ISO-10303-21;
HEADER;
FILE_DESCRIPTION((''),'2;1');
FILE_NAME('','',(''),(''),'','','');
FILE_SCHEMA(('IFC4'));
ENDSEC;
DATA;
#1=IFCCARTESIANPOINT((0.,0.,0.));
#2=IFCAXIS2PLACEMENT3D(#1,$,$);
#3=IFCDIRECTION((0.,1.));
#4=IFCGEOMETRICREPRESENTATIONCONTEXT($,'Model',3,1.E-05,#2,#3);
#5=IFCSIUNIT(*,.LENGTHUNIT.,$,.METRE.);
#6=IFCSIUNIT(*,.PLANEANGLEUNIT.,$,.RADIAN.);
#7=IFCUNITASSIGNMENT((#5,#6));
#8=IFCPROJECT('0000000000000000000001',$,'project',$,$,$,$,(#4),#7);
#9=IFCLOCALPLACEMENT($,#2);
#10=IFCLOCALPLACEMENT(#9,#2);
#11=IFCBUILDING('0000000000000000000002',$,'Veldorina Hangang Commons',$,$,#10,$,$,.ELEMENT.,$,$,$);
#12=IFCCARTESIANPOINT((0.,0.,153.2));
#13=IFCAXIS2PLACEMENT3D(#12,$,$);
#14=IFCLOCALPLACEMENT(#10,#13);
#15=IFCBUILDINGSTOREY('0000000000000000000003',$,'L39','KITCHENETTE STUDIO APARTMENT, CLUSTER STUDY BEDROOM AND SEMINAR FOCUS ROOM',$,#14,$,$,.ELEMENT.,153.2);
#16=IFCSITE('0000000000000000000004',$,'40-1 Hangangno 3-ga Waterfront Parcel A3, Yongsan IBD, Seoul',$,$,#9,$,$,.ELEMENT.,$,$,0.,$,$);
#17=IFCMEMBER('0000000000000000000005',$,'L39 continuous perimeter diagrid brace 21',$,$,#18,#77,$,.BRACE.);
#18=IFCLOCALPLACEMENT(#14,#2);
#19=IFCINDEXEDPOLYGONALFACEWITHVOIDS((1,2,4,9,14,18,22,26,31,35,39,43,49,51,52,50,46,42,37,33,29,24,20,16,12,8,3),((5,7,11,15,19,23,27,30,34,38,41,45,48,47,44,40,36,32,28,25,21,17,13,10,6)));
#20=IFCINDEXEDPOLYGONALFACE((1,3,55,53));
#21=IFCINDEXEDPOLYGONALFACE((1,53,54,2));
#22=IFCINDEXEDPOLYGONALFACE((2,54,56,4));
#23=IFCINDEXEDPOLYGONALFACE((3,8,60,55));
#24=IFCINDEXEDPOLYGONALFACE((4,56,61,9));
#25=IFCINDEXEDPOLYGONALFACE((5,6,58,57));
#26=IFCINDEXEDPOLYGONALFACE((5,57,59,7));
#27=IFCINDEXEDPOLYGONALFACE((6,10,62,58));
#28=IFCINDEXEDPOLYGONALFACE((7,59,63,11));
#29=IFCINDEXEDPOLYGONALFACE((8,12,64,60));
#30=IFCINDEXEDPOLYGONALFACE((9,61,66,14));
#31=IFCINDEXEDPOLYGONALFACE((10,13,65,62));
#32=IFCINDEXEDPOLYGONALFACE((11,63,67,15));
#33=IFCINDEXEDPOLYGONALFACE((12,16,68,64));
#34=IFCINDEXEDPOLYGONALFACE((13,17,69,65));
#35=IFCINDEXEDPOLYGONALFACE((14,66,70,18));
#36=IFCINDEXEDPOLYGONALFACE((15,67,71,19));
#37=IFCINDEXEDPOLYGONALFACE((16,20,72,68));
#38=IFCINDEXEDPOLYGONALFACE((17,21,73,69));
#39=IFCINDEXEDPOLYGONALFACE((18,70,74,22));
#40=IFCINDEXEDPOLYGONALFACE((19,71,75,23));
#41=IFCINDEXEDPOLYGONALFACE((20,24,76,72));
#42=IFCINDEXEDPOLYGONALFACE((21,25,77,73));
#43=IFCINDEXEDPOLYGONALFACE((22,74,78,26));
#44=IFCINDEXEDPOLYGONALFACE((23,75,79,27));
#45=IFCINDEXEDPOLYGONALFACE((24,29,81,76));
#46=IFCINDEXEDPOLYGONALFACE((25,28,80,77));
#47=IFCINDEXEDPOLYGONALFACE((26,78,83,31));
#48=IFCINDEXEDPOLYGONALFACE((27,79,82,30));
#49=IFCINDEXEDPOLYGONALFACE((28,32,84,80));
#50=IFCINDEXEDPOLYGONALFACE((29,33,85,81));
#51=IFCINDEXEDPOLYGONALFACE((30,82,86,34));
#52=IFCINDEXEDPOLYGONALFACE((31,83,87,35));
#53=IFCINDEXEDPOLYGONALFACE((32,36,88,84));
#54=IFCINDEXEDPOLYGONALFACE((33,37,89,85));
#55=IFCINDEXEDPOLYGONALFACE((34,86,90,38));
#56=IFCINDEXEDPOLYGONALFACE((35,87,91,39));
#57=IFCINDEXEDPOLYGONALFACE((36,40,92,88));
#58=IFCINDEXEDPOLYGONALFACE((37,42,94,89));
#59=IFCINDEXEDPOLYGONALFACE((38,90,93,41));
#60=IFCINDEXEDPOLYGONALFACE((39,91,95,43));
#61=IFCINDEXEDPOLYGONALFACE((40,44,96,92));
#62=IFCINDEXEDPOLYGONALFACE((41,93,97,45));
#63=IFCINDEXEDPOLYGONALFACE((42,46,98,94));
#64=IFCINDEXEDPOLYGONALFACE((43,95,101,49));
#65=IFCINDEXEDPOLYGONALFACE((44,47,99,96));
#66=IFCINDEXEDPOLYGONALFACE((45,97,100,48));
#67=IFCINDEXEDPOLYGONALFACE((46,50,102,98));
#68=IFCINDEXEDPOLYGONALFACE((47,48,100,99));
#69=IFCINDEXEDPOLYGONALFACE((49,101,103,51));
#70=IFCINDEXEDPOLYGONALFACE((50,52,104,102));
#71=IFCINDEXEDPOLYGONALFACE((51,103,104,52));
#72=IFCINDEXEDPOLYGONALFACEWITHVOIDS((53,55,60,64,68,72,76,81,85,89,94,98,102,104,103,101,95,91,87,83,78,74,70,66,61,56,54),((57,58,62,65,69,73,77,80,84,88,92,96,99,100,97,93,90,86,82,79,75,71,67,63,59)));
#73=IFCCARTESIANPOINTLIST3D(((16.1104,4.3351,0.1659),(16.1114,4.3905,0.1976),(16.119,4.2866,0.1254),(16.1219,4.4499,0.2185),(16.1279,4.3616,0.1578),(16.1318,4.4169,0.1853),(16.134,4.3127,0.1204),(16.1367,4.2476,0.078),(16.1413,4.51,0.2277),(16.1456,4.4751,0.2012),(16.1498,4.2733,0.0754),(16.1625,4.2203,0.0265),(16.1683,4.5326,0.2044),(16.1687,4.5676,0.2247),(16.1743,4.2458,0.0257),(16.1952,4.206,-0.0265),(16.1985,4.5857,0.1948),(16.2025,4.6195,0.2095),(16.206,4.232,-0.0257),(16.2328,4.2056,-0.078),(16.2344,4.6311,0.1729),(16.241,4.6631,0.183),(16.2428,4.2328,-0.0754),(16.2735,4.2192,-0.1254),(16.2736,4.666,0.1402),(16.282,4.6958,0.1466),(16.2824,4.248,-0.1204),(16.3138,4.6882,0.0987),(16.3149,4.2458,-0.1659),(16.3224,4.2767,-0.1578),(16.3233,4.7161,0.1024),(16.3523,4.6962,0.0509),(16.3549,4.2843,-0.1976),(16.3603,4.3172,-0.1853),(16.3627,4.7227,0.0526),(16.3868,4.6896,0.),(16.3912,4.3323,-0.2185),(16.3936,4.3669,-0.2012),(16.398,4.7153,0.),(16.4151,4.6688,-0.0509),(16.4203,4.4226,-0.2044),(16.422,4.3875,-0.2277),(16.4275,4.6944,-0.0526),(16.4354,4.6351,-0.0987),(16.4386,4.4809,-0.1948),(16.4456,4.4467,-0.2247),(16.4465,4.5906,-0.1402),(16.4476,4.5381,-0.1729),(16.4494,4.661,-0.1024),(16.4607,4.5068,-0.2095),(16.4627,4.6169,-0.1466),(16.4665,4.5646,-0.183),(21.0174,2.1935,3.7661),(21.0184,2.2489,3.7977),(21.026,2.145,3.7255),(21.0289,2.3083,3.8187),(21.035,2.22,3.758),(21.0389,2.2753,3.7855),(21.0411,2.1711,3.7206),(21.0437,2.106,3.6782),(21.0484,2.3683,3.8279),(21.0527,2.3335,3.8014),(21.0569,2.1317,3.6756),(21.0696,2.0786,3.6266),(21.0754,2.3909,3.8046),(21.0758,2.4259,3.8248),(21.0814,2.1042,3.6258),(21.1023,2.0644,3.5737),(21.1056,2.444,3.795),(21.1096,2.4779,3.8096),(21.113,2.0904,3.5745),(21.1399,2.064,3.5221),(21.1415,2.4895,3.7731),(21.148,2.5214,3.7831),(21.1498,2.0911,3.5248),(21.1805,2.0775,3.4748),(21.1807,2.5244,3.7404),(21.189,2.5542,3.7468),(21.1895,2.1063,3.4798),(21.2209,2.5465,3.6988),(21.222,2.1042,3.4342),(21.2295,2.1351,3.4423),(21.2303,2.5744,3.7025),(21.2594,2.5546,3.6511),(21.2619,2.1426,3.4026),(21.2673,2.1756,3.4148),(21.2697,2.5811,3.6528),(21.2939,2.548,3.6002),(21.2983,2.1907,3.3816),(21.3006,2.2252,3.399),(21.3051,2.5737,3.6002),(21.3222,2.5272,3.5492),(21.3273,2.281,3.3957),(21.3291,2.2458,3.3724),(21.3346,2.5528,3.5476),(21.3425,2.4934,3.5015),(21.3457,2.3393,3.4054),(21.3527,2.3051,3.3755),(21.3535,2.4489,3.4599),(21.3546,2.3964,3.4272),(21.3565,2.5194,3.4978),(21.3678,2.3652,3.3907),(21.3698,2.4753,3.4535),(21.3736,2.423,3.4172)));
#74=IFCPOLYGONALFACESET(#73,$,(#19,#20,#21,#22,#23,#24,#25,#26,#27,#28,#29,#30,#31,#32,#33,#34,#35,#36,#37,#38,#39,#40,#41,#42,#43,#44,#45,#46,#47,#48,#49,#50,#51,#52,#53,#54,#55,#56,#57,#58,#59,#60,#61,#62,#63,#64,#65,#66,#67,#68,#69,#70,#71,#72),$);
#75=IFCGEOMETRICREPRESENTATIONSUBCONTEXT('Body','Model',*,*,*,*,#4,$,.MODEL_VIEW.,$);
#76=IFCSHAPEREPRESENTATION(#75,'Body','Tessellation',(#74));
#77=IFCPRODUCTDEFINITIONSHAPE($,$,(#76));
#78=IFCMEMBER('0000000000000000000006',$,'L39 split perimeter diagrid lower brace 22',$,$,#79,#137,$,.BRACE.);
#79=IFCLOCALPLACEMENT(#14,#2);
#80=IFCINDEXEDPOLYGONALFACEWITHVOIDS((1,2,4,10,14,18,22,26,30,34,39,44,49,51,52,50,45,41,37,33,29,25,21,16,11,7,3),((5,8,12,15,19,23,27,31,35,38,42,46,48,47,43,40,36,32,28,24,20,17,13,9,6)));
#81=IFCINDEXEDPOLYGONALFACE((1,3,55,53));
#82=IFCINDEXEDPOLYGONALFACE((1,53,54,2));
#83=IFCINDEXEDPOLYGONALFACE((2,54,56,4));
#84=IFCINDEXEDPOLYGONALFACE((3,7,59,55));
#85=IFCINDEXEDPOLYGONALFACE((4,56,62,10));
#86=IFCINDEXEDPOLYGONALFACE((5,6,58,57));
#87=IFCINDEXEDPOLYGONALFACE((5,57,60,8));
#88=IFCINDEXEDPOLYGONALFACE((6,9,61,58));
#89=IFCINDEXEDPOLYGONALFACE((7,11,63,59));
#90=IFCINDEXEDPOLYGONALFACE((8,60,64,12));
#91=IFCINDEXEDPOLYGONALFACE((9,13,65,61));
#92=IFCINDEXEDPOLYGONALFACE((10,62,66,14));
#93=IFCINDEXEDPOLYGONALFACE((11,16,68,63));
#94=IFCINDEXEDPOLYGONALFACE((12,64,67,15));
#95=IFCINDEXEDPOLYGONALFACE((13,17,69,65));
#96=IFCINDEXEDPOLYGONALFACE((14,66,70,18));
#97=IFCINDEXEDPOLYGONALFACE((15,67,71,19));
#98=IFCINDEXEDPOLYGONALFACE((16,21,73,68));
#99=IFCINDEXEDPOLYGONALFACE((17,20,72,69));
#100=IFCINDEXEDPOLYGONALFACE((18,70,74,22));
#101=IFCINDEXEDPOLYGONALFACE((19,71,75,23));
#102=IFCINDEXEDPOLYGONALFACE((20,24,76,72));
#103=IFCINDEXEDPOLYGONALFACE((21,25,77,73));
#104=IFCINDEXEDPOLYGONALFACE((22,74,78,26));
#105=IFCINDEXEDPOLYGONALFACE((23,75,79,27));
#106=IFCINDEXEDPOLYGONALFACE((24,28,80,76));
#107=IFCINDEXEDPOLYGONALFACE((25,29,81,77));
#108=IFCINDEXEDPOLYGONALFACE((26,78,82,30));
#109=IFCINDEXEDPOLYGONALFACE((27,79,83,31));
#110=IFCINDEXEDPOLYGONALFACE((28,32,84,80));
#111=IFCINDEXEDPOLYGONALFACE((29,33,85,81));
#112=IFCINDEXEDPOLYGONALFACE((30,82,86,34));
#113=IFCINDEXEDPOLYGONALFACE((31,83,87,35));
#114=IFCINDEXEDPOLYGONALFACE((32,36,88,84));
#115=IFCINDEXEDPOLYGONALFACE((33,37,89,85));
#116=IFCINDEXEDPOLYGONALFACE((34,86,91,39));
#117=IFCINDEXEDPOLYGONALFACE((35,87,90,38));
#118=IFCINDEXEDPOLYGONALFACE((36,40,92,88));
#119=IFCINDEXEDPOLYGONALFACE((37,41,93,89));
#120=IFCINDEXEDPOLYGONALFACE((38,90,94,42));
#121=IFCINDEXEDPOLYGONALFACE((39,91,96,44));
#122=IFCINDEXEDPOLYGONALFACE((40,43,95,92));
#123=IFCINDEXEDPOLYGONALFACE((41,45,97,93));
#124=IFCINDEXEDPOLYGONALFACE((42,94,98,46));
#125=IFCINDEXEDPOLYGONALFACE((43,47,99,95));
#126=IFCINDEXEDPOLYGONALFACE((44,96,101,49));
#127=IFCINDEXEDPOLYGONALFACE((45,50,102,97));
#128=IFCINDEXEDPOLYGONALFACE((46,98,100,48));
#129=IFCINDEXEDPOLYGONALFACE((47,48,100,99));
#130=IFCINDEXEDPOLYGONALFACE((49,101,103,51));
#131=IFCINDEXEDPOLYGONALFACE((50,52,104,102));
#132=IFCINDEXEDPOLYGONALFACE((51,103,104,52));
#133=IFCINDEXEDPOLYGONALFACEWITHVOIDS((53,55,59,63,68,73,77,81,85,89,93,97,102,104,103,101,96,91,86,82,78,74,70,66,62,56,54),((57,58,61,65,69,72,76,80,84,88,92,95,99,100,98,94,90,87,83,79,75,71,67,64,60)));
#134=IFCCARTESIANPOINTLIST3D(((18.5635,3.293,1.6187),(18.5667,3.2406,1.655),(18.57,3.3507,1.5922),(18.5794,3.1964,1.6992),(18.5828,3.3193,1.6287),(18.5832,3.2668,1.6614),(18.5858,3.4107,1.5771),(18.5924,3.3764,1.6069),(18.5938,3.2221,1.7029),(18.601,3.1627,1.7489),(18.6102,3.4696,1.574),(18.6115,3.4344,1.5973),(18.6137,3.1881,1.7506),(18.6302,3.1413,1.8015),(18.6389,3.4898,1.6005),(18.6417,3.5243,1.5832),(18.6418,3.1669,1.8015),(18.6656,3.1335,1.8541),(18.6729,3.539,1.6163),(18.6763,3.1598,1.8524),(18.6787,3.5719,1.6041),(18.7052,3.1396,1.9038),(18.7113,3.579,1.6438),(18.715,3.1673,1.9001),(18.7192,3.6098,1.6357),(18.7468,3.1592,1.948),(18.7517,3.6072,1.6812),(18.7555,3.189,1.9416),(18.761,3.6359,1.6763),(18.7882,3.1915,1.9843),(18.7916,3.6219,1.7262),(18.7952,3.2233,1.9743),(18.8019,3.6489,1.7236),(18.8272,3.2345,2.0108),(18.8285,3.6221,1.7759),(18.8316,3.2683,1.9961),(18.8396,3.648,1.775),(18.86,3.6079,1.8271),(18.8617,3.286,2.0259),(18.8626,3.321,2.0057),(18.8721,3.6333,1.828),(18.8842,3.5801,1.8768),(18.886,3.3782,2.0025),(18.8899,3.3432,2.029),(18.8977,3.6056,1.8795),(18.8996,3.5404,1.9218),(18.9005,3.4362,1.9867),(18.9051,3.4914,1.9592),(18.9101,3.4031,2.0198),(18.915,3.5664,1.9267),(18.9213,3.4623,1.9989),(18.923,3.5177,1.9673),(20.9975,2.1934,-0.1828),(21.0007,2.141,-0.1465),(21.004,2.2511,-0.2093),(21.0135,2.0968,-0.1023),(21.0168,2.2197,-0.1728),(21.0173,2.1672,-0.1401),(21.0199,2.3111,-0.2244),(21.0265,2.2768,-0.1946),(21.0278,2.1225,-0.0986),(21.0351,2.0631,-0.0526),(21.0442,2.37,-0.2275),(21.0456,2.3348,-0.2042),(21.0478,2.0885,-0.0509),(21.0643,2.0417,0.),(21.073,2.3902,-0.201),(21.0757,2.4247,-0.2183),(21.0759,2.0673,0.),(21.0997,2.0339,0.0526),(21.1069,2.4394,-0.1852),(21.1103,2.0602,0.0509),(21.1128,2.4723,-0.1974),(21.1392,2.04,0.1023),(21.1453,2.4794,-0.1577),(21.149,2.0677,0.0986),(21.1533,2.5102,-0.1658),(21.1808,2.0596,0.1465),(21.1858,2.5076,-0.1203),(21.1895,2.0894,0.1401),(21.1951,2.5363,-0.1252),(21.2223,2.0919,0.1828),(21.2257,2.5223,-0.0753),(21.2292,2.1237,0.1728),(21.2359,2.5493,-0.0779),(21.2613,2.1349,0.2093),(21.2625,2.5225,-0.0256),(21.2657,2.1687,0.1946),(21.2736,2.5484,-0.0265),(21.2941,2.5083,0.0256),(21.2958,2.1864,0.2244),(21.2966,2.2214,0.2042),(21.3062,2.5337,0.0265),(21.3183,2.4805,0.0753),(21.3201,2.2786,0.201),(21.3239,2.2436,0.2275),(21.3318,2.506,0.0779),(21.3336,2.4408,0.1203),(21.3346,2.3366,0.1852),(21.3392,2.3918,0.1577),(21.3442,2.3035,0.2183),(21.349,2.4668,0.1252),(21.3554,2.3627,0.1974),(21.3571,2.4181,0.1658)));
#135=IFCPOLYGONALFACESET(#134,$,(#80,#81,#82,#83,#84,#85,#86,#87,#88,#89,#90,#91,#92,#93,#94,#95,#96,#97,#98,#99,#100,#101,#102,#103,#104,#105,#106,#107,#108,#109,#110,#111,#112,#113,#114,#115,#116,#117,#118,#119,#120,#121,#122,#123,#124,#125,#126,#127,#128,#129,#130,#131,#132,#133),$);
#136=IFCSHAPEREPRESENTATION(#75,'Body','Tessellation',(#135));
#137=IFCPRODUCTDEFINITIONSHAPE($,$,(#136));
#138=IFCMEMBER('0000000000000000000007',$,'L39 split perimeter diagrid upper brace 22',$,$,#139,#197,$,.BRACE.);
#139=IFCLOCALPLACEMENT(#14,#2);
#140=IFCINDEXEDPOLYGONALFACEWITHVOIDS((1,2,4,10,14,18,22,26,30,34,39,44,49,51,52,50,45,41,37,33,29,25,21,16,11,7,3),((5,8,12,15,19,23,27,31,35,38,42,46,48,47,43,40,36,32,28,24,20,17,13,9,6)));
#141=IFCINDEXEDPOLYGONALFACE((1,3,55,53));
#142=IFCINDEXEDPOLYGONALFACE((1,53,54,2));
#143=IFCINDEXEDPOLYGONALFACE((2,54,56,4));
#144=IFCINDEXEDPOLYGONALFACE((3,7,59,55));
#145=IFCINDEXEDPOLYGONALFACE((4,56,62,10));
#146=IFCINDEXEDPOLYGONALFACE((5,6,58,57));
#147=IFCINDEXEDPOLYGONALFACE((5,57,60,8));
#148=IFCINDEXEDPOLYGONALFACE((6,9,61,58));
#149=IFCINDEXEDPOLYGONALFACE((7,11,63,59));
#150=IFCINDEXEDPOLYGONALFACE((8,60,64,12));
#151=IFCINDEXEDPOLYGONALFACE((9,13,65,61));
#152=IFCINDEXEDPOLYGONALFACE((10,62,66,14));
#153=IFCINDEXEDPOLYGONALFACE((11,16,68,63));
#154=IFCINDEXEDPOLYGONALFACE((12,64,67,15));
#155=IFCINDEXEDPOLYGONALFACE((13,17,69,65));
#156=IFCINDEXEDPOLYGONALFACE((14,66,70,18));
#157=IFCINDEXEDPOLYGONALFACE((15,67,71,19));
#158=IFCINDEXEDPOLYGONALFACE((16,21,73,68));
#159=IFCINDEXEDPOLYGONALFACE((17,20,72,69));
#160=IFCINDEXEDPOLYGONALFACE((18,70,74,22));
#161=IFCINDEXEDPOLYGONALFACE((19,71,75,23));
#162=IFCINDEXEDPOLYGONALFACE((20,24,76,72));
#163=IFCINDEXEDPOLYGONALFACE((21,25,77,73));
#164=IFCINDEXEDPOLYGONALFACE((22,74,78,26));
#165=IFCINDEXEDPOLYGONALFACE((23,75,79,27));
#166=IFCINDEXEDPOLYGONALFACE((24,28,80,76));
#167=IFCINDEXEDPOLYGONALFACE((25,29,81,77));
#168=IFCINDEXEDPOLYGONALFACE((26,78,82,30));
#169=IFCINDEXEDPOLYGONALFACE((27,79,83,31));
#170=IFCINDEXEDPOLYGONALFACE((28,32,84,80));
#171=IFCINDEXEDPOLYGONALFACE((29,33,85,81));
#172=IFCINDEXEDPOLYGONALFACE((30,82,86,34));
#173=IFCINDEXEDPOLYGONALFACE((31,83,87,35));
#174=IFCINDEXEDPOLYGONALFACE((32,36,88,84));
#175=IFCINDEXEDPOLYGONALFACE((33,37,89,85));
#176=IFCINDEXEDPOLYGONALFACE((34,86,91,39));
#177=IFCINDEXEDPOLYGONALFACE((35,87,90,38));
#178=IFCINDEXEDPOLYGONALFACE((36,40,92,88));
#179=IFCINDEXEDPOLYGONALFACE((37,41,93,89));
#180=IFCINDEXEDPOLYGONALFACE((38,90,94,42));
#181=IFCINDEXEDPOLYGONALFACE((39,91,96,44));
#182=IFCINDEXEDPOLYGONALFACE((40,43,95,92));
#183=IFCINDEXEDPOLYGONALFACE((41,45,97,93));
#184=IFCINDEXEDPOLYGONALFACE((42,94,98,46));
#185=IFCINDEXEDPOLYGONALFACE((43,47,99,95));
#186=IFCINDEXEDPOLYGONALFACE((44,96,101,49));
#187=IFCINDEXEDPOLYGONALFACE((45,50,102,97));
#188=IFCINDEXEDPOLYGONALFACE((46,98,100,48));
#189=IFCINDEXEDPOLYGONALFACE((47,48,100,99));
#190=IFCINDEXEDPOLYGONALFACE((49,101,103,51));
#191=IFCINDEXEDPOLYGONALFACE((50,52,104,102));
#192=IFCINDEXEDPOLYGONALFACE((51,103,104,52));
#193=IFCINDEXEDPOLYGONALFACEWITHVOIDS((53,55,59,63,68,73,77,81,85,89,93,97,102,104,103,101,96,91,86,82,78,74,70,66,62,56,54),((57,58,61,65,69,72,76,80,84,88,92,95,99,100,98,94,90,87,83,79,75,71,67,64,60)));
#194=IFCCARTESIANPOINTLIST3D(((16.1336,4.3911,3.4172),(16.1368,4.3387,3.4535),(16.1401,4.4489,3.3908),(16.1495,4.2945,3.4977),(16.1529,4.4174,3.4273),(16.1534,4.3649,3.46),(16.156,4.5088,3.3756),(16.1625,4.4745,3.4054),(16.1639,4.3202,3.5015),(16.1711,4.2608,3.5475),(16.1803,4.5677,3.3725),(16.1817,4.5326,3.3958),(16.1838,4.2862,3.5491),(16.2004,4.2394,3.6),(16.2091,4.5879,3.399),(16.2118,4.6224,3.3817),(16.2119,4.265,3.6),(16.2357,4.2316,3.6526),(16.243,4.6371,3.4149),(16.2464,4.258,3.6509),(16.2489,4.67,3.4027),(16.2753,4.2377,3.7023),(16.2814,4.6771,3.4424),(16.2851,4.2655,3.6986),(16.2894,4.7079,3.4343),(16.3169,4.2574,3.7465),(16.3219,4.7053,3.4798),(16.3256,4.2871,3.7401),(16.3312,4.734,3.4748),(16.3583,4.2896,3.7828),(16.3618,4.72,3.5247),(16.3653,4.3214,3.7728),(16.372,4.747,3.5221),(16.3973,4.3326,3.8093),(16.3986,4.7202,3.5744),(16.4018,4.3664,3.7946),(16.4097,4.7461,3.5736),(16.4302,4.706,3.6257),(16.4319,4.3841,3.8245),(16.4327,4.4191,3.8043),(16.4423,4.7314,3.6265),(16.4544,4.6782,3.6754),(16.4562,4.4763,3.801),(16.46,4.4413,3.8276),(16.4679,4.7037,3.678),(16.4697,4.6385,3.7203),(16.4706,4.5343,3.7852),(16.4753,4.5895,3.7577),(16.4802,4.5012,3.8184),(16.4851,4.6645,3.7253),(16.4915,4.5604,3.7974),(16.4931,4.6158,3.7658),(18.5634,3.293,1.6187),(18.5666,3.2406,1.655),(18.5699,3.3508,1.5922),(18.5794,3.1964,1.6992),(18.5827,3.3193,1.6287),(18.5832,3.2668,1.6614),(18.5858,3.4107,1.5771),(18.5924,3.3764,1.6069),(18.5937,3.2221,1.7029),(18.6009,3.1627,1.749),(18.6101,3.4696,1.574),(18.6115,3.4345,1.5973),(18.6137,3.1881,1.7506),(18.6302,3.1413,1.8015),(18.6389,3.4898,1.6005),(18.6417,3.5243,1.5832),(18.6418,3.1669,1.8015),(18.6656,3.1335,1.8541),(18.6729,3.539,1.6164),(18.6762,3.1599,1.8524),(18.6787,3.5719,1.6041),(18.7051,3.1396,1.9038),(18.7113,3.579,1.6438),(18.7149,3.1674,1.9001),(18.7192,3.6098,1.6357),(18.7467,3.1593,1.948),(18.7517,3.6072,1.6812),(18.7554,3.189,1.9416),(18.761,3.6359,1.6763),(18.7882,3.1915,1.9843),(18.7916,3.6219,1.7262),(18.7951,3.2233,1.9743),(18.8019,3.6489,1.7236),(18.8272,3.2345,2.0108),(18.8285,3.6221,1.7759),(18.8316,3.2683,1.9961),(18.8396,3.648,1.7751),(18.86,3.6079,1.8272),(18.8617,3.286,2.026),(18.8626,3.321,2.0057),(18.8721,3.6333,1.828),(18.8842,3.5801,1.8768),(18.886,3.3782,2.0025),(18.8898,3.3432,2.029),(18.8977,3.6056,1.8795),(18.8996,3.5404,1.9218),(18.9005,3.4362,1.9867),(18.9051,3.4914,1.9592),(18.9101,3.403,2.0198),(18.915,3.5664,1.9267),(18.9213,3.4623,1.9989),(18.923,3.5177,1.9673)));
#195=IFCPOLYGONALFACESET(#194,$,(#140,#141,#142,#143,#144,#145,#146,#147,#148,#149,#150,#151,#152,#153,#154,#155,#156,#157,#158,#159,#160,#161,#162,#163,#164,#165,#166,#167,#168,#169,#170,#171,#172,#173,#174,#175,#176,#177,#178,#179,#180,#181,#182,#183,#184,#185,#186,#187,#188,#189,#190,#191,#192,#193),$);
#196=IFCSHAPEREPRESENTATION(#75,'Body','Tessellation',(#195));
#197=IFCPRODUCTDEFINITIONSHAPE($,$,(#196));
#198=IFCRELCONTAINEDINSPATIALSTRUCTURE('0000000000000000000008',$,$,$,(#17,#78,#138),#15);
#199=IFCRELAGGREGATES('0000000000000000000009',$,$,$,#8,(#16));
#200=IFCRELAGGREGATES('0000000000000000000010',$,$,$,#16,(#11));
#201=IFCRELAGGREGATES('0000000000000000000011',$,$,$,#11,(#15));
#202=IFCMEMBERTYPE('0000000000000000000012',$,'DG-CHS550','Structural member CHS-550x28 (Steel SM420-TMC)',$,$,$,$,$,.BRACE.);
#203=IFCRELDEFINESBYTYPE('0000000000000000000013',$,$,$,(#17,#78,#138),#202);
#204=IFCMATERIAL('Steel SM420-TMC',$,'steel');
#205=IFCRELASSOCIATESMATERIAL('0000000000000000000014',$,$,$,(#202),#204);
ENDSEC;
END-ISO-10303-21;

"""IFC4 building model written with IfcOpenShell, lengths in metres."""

from ifc_helpers import new_model, si_unit, direction, frame, origin, origin_2d, place, context, subcontext, project, spatial, hollow_circle, extrude, material, material_profile, profile_set, type_object, element, save


model = new_model("IFC4")

# Units and contexts
model_context = context("Model", 3, precision=1e-05, world=origin(), true_north=direction((0.0, 1.0)))
body_context = subcontext(model_context, "Body", "Model", "MODEL_VIEW")
ifc_project = project(units=[si_unit("LENGTHUNIT", "METRE"), si_unit("PLANEANGLEUNIT", "RADIAN")], contexts=[model_context])

# Site, building, storey
site_placement = place(None, origin())
site = spatial("IfcSite", under=ifc_project, at=site_placement, Name="40-1 Hangangno 3-ga Waterfront Parcel A3, Yongsan IBD, Seoul", CompositionType="ELEMENT", RefElevation=0.0)
building_placement = place(site_placement, origin())
building = spatial("IfcBuilding", under=site, at=building_placement, Name="Veldorina Hangang Commons", CompositionType="ELEMENT")
storey_placement = place(building_placement, frame((0.0, 0.0, 153.2)))
storey = spatial("IfcBuildingStorey", under=building, at=storey_placement, Name="L39", Description="KITCHENETTE STUDIO APARTMENT, CLUSTER STUDY BEDROOM AND SEMINAR FOCUS ROOM", CompositionType="ELEMENT", Elevation=153.2)

# Shared definitions
ifc_material_1 = material(Name="Steel SM420-TMC", Category="steel")

# Members
ifc_material_profile_1 = material_profile(ifc_material_1, hollow_circle(Radius=0.2749, WallThickness=0.0281, at=origin_2d()), Name="CHS-550x28")
ifc_profile_set_1 = profile_set([ifc_material_profile_1], Name="Steel SM420-TMC")
member_type = type_object("IfcMemberType", Name="DG-CHS550", Description="Structural member CHS-550x28 (Steel SM420-TMC)", PredefinedType="BRACE", material=ifc_profile_set_1)
member_1_placement = place(storey_placement, frame((16.2881, 4.4634, 0.0), z_axis=(0.760561, -0.331939, 0.558), x_axis=(0.400003, 0.916514, 0.0)))
element("IfcMember", 1, at=member_1_placement, inside=storey, type_object=member_type, Name="L39 continuous perimeter diagrid brace 21", PredefinedType="BRACE", context=body_context, shape_type="SweptSolid", body=[
    extrude(hollow_circle(Radius=0.2749, WallThickness=0.0281, at=origin_2d()), origin(), (0.0, 0.0, 1.0), 6.4519),
])
member_2_placement = place(storey_placement, frame((21.1775, 2.2922, 0.0), z_axis=(-0.755527, 0.341313, 0.559181), x_axis=(-0.411694, -0.911322, 0.0)))
element("IfcMember", 2, at=member_2_placement, inside=storey, type_object=member_type, Name="L39 split perimeter diagrid lower brace 22", PredefinedType="BRACE", context=body_context, shape_type="SweptSolid", body=[
    extrude(hollow_circle(Radius=0.2749, WallThickness=0.0281, at=origin_2d()), origin(), (0.0, 0.0, 1.0), 3.2217),
])
member_3_placement = place(storey_placement, frame((18.7434, 3.3918, 1.8015), z_axis=(-0.755476, 0.341418, 0.559187), x_axis=(-0.411822, -0.911264, 0.0)))
element("IfcMember", 3, at=member_3_placement, inside=storey, type_object=member_type, Name="L39 split perimeter diagrid upper brace 22", PredefinedType="BRACE", context=body_context, shape_type="SweptSolid", body=[
    extrude(hollow_circle(Radius=0.2749, WallThickness=0.0281, at=origin_2d()), origin(), (0.0, 0.0, 1.0), 3.2163),
])

save(model, "model.ifc")
